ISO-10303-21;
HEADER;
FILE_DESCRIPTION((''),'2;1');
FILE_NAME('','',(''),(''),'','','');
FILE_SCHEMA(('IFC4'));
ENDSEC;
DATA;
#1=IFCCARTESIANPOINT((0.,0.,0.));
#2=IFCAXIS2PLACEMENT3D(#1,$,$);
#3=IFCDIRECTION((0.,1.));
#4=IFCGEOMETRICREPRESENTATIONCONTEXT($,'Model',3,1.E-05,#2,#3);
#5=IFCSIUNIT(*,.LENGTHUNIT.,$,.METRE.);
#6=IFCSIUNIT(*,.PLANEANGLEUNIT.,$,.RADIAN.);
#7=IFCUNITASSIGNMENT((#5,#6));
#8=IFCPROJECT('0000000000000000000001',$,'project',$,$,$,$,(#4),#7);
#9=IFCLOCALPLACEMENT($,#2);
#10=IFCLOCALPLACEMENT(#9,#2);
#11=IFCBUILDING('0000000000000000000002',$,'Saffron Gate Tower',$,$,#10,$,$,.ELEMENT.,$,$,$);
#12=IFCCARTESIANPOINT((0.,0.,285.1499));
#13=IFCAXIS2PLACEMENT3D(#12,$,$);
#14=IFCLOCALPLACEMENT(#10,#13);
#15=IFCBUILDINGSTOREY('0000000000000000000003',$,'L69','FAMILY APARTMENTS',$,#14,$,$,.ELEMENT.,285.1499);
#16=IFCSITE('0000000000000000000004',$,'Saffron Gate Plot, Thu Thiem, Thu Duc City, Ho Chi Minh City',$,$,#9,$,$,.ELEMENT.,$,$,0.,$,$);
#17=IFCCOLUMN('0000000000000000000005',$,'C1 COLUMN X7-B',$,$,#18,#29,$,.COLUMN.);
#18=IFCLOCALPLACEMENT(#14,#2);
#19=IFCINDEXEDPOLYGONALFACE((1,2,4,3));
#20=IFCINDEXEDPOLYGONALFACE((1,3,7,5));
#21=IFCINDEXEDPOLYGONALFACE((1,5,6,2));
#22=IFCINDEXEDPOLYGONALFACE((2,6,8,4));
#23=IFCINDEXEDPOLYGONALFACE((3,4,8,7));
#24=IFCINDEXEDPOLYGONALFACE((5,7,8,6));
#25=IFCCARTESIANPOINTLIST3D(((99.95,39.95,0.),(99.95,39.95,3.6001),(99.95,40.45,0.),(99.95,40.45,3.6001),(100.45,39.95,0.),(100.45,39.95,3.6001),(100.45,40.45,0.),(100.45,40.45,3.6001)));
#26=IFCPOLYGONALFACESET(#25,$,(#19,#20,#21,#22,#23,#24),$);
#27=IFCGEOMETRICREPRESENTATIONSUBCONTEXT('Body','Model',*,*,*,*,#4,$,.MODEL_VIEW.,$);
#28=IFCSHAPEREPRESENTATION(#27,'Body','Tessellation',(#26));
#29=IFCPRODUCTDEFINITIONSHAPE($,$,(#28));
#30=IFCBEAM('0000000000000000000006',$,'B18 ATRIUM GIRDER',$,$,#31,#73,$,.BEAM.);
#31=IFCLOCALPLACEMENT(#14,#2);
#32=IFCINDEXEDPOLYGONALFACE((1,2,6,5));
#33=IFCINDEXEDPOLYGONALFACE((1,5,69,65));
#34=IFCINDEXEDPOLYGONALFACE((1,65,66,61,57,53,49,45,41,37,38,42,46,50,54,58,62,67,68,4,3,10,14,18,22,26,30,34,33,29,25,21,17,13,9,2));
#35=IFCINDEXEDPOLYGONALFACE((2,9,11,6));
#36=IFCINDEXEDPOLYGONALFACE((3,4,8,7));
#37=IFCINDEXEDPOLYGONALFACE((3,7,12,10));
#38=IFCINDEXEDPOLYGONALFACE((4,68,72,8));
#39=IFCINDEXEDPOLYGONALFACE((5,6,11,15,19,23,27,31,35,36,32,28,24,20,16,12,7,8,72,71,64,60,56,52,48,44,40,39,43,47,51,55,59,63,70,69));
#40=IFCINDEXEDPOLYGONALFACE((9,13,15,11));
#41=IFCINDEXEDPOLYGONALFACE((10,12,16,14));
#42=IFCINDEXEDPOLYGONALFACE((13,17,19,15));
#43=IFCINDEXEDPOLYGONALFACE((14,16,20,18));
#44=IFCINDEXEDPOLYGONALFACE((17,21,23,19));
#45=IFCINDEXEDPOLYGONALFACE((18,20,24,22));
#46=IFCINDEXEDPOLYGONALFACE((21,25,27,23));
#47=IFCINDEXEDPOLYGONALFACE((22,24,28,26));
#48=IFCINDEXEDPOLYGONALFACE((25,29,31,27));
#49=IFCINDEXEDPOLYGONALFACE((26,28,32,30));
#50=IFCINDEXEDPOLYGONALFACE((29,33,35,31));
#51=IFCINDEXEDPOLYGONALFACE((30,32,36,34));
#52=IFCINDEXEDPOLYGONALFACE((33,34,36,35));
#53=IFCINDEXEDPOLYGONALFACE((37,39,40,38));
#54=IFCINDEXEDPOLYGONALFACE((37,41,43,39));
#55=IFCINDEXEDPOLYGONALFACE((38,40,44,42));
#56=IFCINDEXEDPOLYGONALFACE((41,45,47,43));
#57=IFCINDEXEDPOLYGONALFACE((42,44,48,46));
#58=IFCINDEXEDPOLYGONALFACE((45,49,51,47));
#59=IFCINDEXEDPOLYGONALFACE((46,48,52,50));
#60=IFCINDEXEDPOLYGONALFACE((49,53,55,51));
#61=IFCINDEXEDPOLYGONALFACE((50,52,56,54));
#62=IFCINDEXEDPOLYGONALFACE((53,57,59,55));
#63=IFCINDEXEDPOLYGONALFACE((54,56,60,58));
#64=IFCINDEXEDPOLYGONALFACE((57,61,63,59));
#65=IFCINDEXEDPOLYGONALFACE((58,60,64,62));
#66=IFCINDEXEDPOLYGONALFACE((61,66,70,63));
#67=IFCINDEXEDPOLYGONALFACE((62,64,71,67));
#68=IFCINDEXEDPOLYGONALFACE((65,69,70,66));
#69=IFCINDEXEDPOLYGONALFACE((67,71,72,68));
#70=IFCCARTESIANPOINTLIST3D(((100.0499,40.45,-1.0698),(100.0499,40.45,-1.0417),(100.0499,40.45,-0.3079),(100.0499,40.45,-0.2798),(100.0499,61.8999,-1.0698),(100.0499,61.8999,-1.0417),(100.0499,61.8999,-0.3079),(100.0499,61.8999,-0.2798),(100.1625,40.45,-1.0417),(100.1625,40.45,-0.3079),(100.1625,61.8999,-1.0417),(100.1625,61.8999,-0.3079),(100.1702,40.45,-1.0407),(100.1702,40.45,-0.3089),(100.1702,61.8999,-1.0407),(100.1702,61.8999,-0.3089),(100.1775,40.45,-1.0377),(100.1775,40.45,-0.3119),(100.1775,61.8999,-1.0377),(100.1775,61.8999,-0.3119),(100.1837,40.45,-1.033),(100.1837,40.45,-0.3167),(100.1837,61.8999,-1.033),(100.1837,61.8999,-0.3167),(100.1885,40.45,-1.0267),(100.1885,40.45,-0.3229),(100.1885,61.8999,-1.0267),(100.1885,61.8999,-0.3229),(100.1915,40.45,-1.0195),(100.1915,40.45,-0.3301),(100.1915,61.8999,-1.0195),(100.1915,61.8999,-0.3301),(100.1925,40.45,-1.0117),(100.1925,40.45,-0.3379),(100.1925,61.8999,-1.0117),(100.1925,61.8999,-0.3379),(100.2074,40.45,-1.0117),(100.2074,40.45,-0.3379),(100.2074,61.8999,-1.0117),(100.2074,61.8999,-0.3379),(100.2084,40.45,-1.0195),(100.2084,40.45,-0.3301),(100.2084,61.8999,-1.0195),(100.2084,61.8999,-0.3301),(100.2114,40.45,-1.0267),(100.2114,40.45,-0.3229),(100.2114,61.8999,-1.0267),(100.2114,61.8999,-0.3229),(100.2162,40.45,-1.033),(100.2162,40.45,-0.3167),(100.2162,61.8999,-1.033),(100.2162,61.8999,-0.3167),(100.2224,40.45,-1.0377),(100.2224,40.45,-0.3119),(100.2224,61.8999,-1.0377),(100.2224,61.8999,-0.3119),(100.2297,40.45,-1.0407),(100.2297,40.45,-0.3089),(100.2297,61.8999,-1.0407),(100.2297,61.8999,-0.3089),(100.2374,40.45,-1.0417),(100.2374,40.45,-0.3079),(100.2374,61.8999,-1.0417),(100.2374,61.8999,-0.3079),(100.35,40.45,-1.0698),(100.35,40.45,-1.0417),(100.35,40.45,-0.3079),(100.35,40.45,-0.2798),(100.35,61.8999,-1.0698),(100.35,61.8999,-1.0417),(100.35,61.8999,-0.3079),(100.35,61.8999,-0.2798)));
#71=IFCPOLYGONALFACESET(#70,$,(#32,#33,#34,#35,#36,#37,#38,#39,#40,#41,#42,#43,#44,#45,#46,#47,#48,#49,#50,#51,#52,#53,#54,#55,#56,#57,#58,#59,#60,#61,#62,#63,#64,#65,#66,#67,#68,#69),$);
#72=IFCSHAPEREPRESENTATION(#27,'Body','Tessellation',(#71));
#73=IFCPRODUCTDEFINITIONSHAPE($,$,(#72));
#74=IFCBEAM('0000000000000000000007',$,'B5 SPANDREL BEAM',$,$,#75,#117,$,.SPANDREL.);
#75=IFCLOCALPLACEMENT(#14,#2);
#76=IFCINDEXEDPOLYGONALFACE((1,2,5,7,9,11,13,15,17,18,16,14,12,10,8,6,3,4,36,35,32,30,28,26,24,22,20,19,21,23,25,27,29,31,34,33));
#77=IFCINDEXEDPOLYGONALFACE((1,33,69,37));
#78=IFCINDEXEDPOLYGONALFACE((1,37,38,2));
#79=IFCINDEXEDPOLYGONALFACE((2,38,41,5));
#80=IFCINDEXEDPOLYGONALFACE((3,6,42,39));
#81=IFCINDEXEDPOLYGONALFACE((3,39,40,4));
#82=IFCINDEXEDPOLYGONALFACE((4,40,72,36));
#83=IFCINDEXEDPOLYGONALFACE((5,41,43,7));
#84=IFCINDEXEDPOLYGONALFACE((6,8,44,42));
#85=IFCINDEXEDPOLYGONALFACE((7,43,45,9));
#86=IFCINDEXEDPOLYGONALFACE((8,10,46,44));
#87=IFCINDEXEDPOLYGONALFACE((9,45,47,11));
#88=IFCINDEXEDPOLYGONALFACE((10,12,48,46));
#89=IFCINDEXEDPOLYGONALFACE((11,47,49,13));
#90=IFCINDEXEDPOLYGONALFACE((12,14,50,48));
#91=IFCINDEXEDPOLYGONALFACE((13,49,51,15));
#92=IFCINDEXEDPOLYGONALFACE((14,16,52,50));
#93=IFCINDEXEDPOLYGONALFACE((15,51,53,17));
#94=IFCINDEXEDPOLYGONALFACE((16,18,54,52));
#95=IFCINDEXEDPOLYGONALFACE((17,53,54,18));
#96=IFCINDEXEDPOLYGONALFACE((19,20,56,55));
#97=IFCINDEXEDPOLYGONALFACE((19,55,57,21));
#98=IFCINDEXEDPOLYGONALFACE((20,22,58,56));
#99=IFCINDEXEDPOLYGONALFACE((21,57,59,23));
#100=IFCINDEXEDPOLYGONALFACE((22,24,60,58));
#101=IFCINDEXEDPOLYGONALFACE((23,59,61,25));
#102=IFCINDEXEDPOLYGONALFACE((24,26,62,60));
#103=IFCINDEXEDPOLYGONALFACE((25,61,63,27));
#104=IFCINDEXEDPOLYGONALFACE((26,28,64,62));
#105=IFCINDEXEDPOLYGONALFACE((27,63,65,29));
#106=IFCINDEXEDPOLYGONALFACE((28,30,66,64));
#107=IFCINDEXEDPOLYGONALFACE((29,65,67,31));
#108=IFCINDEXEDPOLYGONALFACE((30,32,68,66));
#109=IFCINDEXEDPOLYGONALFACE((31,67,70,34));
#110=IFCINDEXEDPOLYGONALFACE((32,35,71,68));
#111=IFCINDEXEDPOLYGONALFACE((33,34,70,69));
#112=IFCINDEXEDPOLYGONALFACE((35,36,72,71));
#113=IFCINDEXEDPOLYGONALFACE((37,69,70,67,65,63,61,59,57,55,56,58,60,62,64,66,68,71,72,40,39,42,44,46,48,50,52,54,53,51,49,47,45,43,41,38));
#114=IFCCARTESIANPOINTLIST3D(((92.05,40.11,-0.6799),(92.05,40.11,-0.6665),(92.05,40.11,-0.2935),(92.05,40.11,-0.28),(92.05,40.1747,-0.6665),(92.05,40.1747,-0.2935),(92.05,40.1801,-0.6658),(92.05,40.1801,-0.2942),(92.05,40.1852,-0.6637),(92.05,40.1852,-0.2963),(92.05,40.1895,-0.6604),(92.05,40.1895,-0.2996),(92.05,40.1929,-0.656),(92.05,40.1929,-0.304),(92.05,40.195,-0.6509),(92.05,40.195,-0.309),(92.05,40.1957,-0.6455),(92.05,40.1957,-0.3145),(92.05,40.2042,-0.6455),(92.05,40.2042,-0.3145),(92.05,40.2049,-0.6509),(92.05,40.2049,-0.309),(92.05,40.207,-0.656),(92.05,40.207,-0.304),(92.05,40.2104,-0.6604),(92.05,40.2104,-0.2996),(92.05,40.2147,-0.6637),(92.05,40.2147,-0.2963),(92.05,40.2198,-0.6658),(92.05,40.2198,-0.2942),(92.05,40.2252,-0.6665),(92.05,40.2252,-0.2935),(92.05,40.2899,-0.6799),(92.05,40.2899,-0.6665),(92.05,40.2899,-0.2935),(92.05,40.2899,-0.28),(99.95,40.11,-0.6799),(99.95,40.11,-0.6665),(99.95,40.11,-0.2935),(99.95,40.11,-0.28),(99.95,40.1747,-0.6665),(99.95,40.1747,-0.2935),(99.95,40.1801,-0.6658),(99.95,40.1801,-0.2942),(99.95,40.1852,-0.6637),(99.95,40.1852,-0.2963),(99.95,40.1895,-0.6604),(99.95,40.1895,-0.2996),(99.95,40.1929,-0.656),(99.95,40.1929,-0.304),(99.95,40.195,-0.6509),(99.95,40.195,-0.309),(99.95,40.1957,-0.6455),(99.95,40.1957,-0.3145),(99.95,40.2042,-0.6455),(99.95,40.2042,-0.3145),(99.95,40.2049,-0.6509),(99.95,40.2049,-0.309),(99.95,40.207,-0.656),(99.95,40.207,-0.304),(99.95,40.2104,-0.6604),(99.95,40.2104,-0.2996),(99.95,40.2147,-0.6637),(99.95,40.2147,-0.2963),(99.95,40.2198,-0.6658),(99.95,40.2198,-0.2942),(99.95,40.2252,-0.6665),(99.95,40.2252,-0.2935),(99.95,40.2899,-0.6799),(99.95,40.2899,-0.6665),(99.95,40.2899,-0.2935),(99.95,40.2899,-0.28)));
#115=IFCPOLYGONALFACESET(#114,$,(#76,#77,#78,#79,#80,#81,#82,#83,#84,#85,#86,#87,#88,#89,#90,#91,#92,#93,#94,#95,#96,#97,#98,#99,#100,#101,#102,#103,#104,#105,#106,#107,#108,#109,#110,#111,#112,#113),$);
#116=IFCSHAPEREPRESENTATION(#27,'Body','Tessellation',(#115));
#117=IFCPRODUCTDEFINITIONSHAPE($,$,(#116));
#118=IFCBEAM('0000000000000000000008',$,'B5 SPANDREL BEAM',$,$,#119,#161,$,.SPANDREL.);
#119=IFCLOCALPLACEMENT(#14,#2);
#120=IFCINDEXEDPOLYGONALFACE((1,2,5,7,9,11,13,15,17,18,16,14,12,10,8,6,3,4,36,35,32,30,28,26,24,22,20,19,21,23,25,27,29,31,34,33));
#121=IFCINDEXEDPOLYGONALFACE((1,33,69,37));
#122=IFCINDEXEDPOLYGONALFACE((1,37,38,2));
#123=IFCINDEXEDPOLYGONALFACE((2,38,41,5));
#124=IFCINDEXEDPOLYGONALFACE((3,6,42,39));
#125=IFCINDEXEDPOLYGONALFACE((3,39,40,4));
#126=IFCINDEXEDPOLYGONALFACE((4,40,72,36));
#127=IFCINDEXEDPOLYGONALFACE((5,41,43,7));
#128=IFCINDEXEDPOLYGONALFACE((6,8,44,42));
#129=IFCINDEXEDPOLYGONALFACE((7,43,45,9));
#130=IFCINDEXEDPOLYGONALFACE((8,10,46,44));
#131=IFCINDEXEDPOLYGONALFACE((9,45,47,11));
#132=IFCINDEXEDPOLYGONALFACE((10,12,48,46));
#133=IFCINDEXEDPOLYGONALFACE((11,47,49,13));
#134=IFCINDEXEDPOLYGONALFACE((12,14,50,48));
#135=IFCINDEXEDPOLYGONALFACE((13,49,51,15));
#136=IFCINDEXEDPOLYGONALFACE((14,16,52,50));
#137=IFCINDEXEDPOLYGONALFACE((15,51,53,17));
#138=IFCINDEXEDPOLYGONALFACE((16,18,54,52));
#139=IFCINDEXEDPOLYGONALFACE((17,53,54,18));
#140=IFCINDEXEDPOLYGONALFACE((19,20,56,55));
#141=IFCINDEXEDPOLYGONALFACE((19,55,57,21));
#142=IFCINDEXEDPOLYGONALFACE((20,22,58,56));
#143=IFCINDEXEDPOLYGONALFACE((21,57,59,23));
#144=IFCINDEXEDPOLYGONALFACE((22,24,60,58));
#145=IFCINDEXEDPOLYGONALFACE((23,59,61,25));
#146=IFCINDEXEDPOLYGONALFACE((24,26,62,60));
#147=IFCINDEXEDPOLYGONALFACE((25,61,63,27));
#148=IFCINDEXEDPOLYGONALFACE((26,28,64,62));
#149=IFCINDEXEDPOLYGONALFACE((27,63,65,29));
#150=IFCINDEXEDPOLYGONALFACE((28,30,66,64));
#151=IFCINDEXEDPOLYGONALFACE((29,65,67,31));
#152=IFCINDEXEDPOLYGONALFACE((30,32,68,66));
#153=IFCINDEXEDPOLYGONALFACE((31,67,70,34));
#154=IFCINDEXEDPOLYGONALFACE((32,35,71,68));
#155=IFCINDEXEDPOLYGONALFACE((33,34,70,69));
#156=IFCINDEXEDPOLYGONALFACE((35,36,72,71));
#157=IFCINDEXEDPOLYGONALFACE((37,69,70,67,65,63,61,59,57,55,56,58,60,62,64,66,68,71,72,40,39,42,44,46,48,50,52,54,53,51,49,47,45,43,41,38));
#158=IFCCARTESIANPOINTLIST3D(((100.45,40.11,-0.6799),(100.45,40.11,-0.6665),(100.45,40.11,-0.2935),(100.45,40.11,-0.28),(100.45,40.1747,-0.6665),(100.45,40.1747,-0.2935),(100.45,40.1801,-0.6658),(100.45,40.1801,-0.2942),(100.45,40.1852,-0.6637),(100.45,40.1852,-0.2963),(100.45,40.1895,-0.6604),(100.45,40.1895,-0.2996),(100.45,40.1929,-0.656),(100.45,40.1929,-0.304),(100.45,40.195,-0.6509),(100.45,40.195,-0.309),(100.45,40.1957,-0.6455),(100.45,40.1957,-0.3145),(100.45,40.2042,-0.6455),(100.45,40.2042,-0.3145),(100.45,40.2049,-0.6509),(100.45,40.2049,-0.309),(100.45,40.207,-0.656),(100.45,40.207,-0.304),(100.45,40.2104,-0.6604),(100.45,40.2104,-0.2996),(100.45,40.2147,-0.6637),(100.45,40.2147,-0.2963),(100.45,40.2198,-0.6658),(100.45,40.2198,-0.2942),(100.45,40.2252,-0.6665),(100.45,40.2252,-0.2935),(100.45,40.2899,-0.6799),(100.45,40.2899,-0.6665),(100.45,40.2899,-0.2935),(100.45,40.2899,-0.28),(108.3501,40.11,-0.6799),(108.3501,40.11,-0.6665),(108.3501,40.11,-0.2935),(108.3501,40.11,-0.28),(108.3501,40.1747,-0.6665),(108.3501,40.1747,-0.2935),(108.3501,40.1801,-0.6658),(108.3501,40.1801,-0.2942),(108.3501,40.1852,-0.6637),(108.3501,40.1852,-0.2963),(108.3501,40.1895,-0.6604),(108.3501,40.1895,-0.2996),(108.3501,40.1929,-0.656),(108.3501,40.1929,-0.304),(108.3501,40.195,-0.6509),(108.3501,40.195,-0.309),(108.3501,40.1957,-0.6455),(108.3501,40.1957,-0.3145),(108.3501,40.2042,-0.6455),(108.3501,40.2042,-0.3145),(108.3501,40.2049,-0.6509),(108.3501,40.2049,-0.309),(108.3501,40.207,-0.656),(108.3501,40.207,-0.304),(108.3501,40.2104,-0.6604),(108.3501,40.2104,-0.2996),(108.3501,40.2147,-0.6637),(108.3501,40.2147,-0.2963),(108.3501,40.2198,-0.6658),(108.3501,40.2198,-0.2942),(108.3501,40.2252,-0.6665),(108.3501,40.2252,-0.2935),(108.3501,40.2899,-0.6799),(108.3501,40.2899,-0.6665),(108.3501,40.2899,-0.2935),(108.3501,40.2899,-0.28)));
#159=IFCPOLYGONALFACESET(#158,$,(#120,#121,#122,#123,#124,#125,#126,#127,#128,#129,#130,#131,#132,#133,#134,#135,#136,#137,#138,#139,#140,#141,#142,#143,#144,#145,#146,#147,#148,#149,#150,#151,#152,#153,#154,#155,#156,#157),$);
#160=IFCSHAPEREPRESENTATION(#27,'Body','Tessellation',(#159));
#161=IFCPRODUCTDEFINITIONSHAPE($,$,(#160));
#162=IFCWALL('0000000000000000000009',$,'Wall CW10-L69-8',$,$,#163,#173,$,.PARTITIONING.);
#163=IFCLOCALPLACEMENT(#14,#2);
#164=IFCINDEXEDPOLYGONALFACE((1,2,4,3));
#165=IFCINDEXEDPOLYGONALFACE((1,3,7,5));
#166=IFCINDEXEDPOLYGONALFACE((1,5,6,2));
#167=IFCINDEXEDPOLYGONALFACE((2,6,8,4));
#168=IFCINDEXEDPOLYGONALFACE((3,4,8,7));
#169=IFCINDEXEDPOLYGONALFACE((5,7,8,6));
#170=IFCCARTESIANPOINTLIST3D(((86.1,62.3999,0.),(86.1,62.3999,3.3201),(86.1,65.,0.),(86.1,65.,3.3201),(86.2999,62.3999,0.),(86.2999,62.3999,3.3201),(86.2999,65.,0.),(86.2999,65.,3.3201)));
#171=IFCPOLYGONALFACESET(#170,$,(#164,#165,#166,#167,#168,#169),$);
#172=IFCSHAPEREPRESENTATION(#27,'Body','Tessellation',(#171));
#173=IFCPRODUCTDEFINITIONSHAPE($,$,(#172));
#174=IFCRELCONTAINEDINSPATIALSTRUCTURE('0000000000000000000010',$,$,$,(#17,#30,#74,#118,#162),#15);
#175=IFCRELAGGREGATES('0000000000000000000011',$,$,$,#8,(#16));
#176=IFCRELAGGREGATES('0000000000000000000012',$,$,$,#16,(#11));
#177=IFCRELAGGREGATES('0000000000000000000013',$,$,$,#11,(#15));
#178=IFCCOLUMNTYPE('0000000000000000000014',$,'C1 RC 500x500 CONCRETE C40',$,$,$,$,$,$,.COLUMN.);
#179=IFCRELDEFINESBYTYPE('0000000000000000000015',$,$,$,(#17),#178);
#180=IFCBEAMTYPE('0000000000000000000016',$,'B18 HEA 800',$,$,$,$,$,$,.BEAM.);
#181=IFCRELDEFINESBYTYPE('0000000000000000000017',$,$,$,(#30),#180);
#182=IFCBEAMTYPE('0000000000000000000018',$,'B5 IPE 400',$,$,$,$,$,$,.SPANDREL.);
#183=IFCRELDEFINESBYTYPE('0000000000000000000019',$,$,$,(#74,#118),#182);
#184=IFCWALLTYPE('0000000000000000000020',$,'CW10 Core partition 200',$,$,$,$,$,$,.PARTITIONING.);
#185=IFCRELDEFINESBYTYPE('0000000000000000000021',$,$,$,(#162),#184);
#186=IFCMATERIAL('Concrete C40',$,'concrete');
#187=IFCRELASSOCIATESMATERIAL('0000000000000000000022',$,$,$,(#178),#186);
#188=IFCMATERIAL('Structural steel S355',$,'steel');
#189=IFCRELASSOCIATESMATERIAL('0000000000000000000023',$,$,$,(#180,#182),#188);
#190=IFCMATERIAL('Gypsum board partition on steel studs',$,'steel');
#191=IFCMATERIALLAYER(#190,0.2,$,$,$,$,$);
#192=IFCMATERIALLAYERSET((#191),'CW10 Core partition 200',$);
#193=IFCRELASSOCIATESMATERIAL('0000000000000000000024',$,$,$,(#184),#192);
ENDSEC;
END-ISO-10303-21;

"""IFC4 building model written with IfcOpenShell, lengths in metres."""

from ifc_helpers import new_model, si_unit, direction, frame, frame_2d, origin, origin_2d, place, context, subcontext, project, spatial, rectangle, i_section, extrude, material, layer, layer_set, material_profile, profile_set, type_object, element, save


model = new_model("IFC4")

# Units and contexts
model_context = context("Model", 3, precision=1e-05, world=origin(), true_north=direction((0.0, 1.0)))
body_context = subcontext(model_context, "Body", "Model", "MODEL_VIEW")
ifc_project = project(units=[si_unit("LENGTHUNIT", "METRE"), si_unit("PLANEANGLEUNIT", "RADIAN")], contexts=[model_context])

# Site, building, storey
site_placement = place(None, origin())
site = spatial("IfcSite", under=ifc_project, at=site_placement, Name="Saffron Gate Plot, Thu Thiem, Thu Duc City, Ho Chi Minh City", CompositionType="ELEMENT", RefElevation=0.0)
building_placement = place(site_placement, origin())
building = spatial("IfcBuilding", under=site, at=building_placement, Name="Saffron Gate Tower", CompositionType="ELEMENT")
storey_placement = place(building_placement, frame((0.0, 0.0, 285.1499)))
storey = spatial("IfcBuildingStorey", under=building, at=storey_placement, Name="L69", Description="FAMILY APARTMENTS", CompositionType="ELEMENT", Elevation=285.1499)

# Column
ifc_material_1 = material(Name="Concrete C40", Category="concrete")
ifc_material_profile_1 = material_profile(ifc_material_1, rectangle(XDim=0.5, YDim=0.5, at=origin_2d()))
ifc_profile_set_1 = profile_set([ifc_material_profile_1], Name="Concrete C40")
column_type = type_object("IfcColumnType", Name="C1 RC 500x500 CONCRETE C40", PredefinedType="COLUMN", material=ifc_profile_set_1)
column_placement = place(storey_placement, frame((100.2, 40.2, 0.0), z_axis=(0.0, 0.0, 1.0), x_axis=(1.0, 0.0, 0.0)))
element("IfcColumn", 1, at=column_placement, inside=storey, type_object=column_type, Name="C1 COLUMN X7-B", PredefinedType="COLUMN", context=body_context, shape_type="SweptSolid", body=[
    extrude(rectangle(XDim=0.5, YDim=0.5, at=origin_2d()), origin(), (0.0, 0.0, 1.0), 3.6001),
])

# Beams
ifc_material_2 = material(Name="Structural steel S355", Category="steel")
ifc_material_profile_2 = material_profile(ifc_material_2, i_section(OverallWidth=0.3, OverallDepth=0.79, WebThickness=0.0149, FlangeThickness=0.0281, FilletRadius=0.03, at=origin_2d()))
ifc_profile_set_2 = profile_set([ifc_material_profile_2], Name="Structural steel S355")
beam_type_1 = type_object("IfcBeamType", Name="B18 HEA 800", PredefinedType="BEAM", material=ifc_profile_set_2)
beam_1_placement = place(storey_placement, frame((100.2, 40.45, -0.6748), z_axis=(0.0, 1.0, 0.0), x_axis=(-1.0, 0.0, 0.0)))
element("IfcBeam", 2, at=beam_1_placement, inside=storey, type_object=beam_type_1, Name="B18 ATRIUM GIRDER", PredefinedType="BEAM", context=body_context, shape_type="SweptSolid", body=[
    extrude(i_section(OverallWidth=0.3, OverallDepth=0.79, WebThickness=0.0149, FlangeThickness=0.0281, FilletRadius=0.03, at=origin_2d()), origin(), (0.0, 0.0, 1.0), 21.45),
])
ifc_material_profile_3 = material_profile(ifc_material_2, i_section(OverallWidth=0.1799, OverallDepth=0.3999, WebThickness=0.0085, FlangeThickness=0.0134, FilletRadius=0.021, at=origin_2d()))
ifc_profile_set_3 = profile_set([ifc_material_profile_3], Name="Structural steel S355")
beam_type_2 = type_object("IfcBeamType", Name="B5 IPE 400", PredefinedType="SPANDREL", material=ifc_profile_set_3)
beam_2_placement = place(storey_placement, frame((92.05, 40.2, -0.48), z_axis=(1.0, 0.0, 0.0), x_axis=(0.0, 1.0, 0.0)))
element("IfcBeam", 3, at=beam_2_placement, inside=storey, type_object=beam_type_2, Name="B5 SPANDREL BEAM", PredefinedType="SPANDREL", context=body_context, shape_type="SweptSolid", body=[
    extrude(i_section(OverallWidth=0.1799, OverallDepth=0.3999, WebThickness=0.0085, FlangeThickness=0.0134, FilletRadius=0.021, at=origin_2d()), origin(), (0.0, 0.0, 1.0), 7.8999),
])
beam_3_placement = place(storey_placement, frame((100.45, 40.2, -0.48), z_axis=(1.0, 0.0, 0.0), x_axis=(0.0, 1.0, 0.0)))
element("IfcBeam", 4, at=beam_3_placement, inside=storey, type_object=beam_type_2, Name="B5 SPANDREL BEAM", PredefinedType="SPANDREL", context=body_context, shape_type="SweptSolid", body=[
    extrude(i_section(OverallWidth=0.1799, OverallDepth=0.3999, WebThickness=0.0085, FlangeThickness=0.0134, FilletRadius=0.021, at=origin_2d()), origin(), (0.0, 0.0, 1.0), 7.9001),
])

# Wall
ifc_material_3 = material(Name="Gypsum board partition on steel studs", Category="steel")
ifc_layer_1 = layer(ifc_material_3, 0.2)
ifc_layer_set_1 = layer_set([ifc_layer_1], Name="CW10 Core partition 200")
wall_type_1 = type_object("IfcWallType", Name="CW10 Core partition 200", PredefinedType="PARTITIONING", material=ifc_layer_set_1)
wall_1_placement = place(storey_placement, frame((86.2, 62.3999, 0.0), z_axis=(0.0, 0.0, 1.0), x_axis=(0.0, 1.0, 0.0)))
element("IfcWall", 5, at=wall_1_placement, inside=storey, type_object=wall_type_1, Name="Wall CW10-L69-8", PredefinedType="PARTITIONING", context=body_context, shape_type="SweptSolid", body=[
    extrude(rectangle(XDim=2.6001, YDim=0.2, at=frame_2d((1.3, 0.0))), origin(), (0.0, 0.0, 1.0), 3.3201),
])

save(model, "model.ifc")
